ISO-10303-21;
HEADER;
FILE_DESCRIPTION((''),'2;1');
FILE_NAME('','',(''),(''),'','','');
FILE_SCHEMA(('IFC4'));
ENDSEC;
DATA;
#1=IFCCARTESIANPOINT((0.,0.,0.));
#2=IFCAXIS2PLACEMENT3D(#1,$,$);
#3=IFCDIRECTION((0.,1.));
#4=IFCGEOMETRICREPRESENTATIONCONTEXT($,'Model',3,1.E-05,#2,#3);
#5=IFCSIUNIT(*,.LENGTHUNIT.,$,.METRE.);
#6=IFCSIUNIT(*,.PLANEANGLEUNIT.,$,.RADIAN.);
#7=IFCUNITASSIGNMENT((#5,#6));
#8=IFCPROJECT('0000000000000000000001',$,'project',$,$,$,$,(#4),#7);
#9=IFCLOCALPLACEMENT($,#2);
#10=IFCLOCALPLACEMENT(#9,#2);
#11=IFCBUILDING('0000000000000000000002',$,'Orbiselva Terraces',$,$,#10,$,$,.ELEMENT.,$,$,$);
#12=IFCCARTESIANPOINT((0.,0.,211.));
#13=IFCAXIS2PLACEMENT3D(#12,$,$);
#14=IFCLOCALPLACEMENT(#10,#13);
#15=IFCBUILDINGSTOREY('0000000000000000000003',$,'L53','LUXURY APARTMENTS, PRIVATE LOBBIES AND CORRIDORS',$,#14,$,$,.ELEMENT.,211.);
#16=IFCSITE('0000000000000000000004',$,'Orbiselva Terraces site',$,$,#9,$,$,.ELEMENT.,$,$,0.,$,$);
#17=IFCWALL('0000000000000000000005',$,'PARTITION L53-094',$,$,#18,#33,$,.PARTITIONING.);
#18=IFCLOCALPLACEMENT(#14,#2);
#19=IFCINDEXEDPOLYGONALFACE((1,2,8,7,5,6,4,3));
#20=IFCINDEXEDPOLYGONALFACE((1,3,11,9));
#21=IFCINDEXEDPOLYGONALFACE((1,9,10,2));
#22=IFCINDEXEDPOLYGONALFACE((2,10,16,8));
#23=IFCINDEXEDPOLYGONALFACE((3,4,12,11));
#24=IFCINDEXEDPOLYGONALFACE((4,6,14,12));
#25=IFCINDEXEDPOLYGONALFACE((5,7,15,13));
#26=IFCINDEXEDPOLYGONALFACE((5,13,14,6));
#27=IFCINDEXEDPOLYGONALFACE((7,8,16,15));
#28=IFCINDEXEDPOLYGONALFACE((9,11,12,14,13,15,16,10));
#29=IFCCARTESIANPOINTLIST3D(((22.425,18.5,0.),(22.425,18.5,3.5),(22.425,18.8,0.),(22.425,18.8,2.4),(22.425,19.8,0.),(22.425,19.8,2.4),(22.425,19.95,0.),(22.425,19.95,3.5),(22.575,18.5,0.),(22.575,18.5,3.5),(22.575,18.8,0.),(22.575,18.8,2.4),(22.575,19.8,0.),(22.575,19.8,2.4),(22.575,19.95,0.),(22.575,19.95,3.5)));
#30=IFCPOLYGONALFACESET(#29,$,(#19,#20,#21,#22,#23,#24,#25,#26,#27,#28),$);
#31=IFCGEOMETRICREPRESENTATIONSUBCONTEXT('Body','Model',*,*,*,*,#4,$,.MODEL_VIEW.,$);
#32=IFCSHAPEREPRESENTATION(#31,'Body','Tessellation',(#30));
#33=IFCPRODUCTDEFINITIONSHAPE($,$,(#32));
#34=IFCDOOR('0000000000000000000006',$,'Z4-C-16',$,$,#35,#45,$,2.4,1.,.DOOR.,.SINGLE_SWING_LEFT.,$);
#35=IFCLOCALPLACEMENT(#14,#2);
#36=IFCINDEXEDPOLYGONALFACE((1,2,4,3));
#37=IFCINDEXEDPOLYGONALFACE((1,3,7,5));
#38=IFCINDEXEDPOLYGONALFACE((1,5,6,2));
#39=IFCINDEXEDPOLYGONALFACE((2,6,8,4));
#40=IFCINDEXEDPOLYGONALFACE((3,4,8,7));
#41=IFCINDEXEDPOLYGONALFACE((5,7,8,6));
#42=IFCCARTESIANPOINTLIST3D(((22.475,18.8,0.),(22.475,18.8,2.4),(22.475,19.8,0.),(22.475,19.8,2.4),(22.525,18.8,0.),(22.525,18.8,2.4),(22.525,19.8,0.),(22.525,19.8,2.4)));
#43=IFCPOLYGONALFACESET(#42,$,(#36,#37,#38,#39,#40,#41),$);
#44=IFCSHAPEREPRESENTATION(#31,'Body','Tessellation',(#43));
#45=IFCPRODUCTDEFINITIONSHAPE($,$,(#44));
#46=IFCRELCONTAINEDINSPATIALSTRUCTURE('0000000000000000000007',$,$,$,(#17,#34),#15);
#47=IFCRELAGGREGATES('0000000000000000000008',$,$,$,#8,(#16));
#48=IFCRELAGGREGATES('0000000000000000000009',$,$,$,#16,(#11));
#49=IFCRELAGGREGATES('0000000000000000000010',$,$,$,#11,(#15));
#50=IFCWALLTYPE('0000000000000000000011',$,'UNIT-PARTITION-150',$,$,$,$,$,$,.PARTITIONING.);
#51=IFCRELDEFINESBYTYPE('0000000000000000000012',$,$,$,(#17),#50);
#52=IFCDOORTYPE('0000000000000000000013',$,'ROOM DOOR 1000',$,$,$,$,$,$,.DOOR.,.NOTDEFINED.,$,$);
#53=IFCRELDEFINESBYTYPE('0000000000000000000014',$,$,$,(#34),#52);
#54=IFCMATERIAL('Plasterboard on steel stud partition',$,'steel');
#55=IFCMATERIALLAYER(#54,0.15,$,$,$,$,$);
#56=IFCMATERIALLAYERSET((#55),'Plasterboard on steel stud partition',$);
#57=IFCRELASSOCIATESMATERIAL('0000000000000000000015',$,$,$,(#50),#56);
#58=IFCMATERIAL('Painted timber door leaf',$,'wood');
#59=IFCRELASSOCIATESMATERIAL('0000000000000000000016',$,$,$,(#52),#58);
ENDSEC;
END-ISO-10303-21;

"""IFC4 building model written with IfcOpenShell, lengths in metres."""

from ifc_helpers import new_model, si_unit, direction, frame, frame_2d, origin, place, context, subcontext, project, spatial, rectangle, extrude, material, layer, layer_set, type_object, element, fill, save


model = new_model("IFC4")

# Units and contexts
model_context = context("Model", 3, precision=1e-05, world=origin(), true_north=direction((0.0, 1.0)))
body_context = subcontext(model_context, "Body", "Model", "MODEL_VIEW")
ifc_project = project(units=[si_unit("LENGTHUNIT", "METRE"), si_unit("PLANEANGLEUNIT", "RADIAN")], contexts=[model_context])

# Site, building, storey
site_placement = place(None, origin())
site = spatial("IfcSite", under=ifc_project, at=site_placement, Name="Orbiselva Terraces site", CompositionType="ELEMENT", RefElevation=0.0)
building_placement = place(site_placement, origin())
building = spatial("IfcBuilding", under=site, at=building_placement, Name="Orbiselva Terraces", CompositionType="ELEMENT")
storey_placement = place(building_placement, frame((0.0, 0.0, 211.0)))
storey = spatial("IfcBuildingStorey", under=building, at=storey_placement, Name="L53", Description="LUXURY APARTMENTS, PRIVATE LOBBIES AND CORRIDORS", CompositionType="ELEMENT", Elevation=211.0)

# Shared definitions
ifc_material_1 = material(Name="Plasterboard on steel stud partition", Category="steel")
ifc_material_2 = material(Name="Painted timber door leaf", Category="wood")

# Shared definitions
ifc_layer_1 = layer(ifc_material_1, 0.15)
ifc_layer_set_1 = layer_set([ifc_layer_1], Name="Plasterboard on steel stud partition")
wall_type_1 = type_object("IfcWallType", Name="UNIT-PARTITION-150", PredefinedType="PARTITIONING", material=ifc_layer_set_1)
door_type_1 = type_object("IfcDoorType", Name="ROOM DOOR 1000", OperationType="NOTDEFINED", PredefinedType="DOOR", material=ifc_material_2)

# Wall, opening, door
wall_1_placement = place(storey_placement, frame((22.5, 19.95, 0.0), z_axis=(0.0, 0.0, 1.0), x_axis=(0.0, -1.0, 0.0)))
wall_1 = element("IfcWall", 1, at=wall_1_placement, inside=storey, type_object=wall_type_1, Name="PARTITION L53-094", PredefinedType="PARTITIONING", context=body_context, shape_type="SweptSolid", body=[
    extrude(rectangle(XDim=1.45, YDim=0.15, at=frame_2d((0.725, 0.0))), origin(), (0.0, 0.0, 1.0), 3.5),
])
opening_1_placement = place(wall_1_placement, frame((0.15, 0.0, 0.0)))
opening_1 = element("IfcOpeningElement", 2, at=opening_1_placement, cuts=wall_1, PredefinedType="OPENING", context=body_context, shape_type="SweptSolid", body=[
    extrude(rectangle(XDim=1.0, YDim=2.4, at=frame_2d((0.5, 1.2))), frame((0.0, 0.085, 0.0), z_axis=(0.0, -1.0, 0.0), x_axis=(1.0, 0.0, 0.0)), (0.0, 0.0, 1.0), 0.17),
])
door_1_placement = place(opening_1_placement, origin())
door_1 = element("IfcDoor", 3, at=door_1_placement, inside=storey, type_object=door_type_1, Name="Z4-C-16", OperationType="SINGLE_SWING_LEFT", OverallHeight=2.4, OverallWidth=1.0, PredefinedType="DOOR", context=body_context, shape_type="SweptSolid", body=[
    extrude(rectangle(XDim=1.0, YDim=2.4, at=frame_2d((0.5, 1.2))), frame((0.0, 0.025, 0.0), z_axis=(0.0, -1.0, 0.0), x_axis=(1.0, 0.0, 0.0)), (0.0, 0.0, 1.0), 0.05),
])
fill(opening_1, door_1)

save(model, "model.ifc")
